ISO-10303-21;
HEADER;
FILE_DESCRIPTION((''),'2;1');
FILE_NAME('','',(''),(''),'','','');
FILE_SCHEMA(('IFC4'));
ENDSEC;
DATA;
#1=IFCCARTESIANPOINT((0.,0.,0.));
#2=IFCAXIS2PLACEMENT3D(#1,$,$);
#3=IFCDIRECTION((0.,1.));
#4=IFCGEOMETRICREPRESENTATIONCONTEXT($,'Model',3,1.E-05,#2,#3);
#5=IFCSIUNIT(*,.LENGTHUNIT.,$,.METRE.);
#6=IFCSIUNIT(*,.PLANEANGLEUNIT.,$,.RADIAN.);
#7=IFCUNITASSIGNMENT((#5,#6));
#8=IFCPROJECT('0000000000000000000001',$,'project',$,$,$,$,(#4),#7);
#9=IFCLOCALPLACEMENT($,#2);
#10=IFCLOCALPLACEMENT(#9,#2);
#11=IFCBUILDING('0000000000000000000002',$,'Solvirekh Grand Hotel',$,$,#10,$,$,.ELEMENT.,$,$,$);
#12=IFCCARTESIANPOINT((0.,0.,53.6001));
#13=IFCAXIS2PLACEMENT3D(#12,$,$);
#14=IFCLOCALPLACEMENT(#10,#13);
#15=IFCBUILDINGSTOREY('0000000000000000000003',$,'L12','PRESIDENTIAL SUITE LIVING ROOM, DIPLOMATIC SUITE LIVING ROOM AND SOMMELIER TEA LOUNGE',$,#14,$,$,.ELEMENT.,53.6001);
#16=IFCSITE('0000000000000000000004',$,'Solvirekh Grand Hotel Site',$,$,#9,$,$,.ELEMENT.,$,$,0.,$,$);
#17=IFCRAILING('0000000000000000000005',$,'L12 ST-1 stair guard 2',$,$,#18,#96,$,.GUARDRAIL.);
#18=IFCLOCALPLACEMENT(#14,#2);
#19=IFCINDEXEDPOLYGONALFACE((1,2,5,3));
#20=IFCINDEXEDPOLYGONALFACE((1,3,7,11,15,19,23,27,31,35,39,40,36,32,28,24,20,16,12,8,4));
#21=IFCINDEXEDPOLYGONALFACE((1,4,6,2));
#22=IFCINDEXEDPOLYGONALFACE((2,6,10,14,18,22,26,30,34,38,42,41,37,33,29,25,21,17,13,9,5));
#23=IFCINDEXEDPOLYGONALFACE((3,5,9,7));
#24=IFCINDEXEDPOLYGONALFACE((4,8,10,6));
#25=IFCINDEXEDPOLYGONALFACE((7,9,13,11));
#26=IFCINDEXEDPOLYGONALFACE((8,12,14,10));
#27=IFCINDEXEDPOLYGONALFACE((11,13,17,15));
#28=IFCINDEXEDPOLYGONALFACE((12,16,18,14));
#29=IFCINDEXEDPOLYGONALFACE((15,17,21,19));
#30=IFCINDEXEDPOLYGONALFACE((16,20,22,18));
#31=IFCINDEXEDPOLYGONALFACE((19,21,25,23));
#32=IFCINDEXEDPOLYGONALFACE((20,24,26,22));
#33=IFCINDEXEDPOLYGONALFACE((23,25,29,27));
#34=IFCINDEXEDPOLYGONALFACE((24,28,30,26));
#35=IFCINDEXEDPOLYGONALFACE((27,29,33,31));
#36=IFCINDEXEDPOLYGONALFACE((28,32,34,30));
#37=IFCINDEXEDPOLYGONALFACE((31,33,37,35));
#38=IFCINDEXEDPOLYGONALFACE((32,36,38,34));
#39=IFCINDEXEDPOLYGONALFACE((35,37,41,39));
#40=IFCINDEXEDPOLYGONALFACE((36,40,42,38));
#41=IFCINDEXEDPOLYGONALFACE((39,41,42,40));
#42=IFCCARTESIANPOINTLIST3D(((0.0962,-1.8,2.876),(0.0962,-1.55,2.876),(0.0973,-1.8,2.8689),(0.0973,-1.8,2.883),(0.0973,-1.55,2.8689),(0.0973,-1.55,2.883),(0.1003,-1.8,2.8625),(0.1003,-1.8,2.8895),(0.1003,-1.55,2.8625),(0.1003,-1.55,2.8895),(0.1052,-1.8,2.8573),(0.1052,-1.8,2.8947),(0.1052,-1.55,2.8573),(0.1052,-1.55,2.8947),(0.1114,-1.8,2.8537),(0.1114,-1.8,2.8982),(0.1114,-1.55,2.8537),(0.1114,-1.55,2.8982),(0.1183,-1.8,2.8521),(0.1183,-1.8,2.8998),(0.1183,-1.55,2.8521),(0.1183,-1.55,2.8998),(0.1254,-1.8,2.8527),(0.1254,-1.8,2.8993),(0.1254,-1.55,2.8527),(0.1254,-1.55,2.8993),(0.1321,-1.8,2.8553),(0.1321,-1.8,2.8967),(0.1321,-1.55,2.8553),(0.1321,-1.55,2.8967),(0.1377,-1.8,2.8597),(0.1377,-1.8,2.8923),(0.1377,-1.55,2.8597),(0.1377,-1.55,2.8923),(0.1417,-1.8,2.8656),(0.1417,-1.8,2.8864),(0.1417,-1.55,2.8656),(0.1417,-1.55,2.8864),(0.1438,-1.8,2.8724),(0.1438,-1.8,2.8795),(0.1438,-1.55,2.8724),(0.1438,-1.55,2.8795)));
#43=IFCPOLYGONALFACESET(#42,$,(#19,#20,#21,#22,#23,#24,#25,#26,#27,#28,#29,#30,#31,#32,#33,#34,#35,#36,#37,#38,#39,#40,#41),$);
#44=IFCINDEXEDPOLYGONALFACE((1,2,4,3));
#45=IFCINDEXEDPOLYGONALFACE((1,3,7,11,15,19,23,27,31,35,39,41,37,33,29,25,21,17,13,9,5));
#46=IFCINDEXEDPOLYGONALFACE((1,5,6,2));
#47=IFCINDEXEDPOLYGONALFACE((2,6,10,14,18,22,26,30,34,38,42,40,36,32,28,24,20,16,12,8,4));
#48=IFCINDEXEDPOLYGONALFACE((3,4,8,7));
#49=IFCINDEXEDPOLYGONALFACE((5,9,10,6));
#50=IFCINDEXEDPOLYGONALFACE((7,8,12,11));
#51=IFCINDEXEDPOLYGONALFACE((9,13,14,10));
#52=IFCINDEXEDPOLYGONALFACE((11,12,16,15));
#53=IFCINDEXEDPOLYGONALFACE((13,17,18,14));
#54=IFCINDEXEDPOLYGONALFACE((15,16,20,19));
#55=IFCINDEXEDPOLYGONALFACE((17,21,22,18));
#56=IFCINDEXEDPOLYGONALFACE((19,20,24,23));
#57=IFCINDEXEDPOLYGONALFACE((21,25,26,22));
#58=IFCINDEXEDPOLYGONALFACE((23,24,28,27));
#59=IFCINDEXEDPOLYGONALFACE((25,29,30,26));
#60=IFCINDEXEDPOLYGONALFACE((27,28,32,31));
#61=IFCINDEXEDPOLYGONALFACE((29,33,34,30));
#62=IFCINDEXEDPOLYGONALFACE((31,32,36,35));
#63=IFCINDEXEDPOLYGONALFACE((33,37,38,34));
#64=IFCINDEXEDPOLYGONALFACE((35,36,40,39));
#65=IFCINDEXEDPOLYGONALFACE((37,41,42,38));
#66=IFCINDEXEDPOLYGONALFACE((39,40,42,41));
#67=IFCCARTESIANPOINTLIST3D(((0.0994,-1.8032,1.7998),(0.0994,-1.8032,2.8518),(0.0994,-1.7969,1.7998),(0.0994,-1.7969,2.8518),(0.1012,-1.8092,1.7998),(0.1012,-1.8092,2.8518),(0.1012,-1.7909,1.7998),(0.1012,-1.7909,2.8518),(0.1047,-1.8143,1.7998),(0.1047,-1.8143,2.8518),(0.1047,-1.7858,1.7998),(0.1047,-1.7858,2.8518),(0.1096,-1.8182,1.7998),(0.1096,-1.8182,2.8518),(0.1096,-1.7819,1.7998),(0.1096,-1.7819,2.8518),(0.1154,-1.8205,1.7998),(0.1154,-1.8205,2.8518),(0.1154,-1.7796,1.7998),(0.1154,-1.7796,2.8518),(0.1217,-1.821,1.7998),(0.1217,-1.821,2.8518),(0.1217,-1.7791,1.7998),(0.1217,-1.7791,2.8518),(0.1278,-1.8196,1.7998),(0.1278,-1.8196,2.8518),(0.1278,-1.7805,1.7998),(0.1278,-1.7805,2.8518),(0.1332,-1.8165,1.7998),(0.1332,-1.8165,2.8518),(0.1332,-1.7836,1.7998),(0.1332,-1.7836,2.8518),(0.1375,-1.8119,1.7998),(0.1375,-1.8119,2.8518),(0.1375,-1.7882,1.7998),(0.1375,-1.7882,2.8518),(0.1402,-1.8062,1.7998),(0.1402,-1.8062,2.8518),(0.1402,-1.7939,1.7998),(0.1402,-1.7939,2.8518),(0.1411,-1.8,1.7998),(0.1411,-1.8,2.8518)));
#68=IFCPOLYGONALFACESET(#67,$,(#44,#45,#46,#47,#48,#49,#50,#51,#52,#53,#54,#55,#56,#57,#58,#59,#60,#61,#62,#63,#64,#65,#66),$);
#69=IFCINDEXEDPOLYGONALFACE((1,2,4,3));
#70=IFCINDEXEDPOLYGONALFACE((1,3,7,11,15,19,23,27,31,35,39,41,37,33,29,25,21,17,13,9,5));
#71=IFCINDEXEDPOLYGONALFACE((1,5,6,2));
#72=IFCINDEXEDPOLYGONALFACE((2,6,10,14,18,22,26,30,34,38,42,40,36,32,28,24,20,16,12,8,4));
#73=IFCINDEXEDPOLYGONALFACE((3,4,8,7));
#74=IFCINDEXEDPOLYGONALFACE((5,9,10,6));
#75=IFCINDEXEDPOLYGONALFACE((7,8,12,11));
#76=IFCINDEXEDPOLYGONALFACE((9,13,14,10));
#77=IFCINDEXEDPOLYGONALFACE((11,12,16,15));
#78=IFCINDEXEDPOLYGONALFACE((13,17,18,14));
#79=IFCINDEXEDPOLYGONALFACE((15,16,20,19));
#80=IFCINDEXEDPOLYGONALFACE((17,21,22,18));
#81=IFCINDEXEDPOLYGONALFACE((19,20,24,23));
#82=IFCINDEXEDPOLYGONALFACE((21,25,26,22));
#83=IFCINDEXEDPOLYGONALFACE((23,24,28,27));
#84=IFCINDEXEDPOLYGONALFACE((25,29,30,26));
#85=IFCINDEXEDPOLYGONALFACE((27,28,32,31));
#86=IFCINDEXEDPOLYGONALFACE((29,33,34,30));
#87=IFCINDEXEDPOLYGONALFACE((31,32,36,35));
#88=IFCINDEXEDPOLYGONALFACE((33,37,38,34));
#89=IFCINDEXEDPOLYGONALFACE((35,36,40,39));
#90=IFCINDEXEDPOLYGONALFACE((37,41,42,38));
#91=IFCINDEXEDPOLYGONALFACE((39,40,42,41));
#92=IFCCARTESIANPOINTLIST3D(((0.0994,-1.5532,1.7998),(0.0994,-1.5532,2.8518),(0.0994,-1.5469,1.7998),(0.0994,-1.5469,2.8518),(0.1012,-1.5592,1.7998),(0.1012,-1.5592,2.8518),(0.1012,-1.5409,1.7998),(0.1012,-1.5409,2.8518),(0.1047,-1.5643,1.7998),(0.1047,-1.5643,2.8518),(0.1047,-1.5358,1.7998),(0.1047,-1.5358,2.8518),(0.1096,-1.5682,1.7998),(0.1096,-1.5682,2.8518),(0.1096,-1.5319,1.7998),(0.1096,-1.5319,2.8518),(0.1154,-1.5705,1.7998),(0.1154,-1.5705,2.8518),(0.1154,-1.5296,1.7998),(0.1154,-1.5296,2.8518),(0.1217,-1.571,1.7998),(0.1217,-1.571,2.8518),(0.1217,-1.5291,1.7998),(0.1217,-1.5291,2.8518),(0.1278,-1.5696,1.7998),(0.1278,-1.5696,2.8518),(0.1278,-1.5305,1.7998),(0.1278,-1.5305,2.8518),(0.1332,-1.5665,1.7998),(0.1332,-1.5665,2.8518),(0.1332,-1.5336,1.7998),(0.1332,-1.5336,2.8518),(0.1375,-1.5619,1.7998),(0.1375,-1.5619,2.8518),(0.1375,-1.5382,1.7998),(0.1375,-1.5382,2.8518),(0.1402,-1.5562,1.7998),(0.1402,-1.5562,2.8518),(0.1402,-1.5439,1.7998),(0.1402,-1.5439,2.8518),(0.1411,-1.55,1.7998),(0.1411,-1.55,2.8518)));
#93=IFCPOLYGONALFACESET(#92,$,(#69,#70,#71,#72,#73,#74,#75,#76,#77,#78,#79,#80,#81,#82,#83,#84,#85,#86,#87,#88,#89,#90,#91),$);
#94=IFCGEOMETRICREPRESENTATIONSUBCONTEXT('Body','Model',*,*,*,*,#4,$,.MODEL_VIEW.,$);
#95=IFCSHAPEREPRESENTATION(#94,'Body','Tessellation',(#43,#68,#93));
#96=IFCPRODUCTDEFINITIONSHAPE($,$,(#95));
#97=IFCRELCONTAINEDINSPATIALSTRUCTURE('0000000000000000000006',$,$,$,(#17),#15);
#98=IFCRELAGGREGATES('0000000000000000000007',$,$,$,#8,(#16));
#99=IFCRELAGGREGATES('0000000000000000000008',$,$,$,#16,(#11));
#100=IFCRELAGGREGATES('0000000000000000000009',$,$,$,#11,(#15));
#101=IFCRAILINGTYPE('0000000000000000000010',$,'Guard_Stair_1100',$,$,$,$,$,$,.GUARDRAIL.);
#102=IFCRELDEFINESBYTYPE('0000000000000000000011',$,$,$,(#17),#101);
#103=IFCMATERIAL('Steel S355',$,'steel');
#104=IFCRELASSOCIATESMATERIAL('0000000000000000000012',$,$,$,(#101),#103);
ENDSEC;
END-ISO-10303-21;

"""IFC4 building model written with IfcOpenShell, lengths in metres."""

from ifc_helpers import new_model, si_unit, direction, frame, origin, origin_2d, place, context, subcontext, project, spatial, circle, extrude, material, type_object, element, save


model = new_model("IFC4")

# Units and contexts
model_context = context("Model", 3, precision=1e-05, world=origin(), true_north=direction((0.0, 1.0)))
body_context = subcontext(model_context, "Body", "Model", "MODEL_VIEW")
ifc_project = project(units=[si_unit("LENGTHUNIT", "METRE"), si_unit("PLANEANGLEUNIT", "RADIAN")], contexts=[model_context])

# Site, building, storey
site_placement = place(None, origin())
site = spatial("IfcSite", under=ifc_project, at=site_placement, Name="Solvirekh Grand Hotel Site", CompositionType="ELEMENT", RefElevation=0.0)
building_placement = place(site_placement, origin())
building = spatial("IfcBuilding", under=site, at=building_placement, Name="Solvirekh Grand Hotel", CompositionType="ELEMENT")
storey_placement = place(building_placement, frame((0.0, 0.0, 53.6001)))
storey = spatial("IfcBuildingStorey", under=building, at=storey_placement, Name="L12", Description="PRESIDENTIAL SUITE LIVING ROOM, DIPLOMATIC SUITE LIVING ROOM AND SOMMELIER TEA LOUNGE", CompositionType="ELEMENT", Elevation=53.6001)

# Shared definitions
ifc_material_1 = material(Name="Steel S355", Category="steel")

# Railing
railing_type_1 = type_object("IfcRailingType", Name="Guard_Stair_1100", PredefinedType="GUARDRAIL", material=ifc_material_1)
railing_1_placement = place(storey_placement, frame((0.1201, -1.8, 1.7998)))
element("IfcRailing", 1, at=railing_1_placement, inside=storey, type_object=railing_type_1, Name="L12 ST-1 stair guard 2", PredefinedType="GUARDRAIL", context=body_context, shape_type="SweptSolid", body=[
    extrude(circle(Radius=0.0239, at=origin_2d()), frame((0.0, 0.0, 1.0762), z_axis=(0.0, 1.0, 0.0), x_axis=(-1.0, 0.0, 0.0)), (0.0, 0.0, 1.0), 0.25),
    extrude(circle(Radius=0.021, at=origin_2d()), origin(), (0.0, 0.0, 1.0), 1.052),
    extrude(circle(Radius=0.021, at=origin_2d()), frame((0.0, 0.25, 0.0)), (0.0, 0.0, 1.0), 1.052),
])

save(model, "model.ifc")
